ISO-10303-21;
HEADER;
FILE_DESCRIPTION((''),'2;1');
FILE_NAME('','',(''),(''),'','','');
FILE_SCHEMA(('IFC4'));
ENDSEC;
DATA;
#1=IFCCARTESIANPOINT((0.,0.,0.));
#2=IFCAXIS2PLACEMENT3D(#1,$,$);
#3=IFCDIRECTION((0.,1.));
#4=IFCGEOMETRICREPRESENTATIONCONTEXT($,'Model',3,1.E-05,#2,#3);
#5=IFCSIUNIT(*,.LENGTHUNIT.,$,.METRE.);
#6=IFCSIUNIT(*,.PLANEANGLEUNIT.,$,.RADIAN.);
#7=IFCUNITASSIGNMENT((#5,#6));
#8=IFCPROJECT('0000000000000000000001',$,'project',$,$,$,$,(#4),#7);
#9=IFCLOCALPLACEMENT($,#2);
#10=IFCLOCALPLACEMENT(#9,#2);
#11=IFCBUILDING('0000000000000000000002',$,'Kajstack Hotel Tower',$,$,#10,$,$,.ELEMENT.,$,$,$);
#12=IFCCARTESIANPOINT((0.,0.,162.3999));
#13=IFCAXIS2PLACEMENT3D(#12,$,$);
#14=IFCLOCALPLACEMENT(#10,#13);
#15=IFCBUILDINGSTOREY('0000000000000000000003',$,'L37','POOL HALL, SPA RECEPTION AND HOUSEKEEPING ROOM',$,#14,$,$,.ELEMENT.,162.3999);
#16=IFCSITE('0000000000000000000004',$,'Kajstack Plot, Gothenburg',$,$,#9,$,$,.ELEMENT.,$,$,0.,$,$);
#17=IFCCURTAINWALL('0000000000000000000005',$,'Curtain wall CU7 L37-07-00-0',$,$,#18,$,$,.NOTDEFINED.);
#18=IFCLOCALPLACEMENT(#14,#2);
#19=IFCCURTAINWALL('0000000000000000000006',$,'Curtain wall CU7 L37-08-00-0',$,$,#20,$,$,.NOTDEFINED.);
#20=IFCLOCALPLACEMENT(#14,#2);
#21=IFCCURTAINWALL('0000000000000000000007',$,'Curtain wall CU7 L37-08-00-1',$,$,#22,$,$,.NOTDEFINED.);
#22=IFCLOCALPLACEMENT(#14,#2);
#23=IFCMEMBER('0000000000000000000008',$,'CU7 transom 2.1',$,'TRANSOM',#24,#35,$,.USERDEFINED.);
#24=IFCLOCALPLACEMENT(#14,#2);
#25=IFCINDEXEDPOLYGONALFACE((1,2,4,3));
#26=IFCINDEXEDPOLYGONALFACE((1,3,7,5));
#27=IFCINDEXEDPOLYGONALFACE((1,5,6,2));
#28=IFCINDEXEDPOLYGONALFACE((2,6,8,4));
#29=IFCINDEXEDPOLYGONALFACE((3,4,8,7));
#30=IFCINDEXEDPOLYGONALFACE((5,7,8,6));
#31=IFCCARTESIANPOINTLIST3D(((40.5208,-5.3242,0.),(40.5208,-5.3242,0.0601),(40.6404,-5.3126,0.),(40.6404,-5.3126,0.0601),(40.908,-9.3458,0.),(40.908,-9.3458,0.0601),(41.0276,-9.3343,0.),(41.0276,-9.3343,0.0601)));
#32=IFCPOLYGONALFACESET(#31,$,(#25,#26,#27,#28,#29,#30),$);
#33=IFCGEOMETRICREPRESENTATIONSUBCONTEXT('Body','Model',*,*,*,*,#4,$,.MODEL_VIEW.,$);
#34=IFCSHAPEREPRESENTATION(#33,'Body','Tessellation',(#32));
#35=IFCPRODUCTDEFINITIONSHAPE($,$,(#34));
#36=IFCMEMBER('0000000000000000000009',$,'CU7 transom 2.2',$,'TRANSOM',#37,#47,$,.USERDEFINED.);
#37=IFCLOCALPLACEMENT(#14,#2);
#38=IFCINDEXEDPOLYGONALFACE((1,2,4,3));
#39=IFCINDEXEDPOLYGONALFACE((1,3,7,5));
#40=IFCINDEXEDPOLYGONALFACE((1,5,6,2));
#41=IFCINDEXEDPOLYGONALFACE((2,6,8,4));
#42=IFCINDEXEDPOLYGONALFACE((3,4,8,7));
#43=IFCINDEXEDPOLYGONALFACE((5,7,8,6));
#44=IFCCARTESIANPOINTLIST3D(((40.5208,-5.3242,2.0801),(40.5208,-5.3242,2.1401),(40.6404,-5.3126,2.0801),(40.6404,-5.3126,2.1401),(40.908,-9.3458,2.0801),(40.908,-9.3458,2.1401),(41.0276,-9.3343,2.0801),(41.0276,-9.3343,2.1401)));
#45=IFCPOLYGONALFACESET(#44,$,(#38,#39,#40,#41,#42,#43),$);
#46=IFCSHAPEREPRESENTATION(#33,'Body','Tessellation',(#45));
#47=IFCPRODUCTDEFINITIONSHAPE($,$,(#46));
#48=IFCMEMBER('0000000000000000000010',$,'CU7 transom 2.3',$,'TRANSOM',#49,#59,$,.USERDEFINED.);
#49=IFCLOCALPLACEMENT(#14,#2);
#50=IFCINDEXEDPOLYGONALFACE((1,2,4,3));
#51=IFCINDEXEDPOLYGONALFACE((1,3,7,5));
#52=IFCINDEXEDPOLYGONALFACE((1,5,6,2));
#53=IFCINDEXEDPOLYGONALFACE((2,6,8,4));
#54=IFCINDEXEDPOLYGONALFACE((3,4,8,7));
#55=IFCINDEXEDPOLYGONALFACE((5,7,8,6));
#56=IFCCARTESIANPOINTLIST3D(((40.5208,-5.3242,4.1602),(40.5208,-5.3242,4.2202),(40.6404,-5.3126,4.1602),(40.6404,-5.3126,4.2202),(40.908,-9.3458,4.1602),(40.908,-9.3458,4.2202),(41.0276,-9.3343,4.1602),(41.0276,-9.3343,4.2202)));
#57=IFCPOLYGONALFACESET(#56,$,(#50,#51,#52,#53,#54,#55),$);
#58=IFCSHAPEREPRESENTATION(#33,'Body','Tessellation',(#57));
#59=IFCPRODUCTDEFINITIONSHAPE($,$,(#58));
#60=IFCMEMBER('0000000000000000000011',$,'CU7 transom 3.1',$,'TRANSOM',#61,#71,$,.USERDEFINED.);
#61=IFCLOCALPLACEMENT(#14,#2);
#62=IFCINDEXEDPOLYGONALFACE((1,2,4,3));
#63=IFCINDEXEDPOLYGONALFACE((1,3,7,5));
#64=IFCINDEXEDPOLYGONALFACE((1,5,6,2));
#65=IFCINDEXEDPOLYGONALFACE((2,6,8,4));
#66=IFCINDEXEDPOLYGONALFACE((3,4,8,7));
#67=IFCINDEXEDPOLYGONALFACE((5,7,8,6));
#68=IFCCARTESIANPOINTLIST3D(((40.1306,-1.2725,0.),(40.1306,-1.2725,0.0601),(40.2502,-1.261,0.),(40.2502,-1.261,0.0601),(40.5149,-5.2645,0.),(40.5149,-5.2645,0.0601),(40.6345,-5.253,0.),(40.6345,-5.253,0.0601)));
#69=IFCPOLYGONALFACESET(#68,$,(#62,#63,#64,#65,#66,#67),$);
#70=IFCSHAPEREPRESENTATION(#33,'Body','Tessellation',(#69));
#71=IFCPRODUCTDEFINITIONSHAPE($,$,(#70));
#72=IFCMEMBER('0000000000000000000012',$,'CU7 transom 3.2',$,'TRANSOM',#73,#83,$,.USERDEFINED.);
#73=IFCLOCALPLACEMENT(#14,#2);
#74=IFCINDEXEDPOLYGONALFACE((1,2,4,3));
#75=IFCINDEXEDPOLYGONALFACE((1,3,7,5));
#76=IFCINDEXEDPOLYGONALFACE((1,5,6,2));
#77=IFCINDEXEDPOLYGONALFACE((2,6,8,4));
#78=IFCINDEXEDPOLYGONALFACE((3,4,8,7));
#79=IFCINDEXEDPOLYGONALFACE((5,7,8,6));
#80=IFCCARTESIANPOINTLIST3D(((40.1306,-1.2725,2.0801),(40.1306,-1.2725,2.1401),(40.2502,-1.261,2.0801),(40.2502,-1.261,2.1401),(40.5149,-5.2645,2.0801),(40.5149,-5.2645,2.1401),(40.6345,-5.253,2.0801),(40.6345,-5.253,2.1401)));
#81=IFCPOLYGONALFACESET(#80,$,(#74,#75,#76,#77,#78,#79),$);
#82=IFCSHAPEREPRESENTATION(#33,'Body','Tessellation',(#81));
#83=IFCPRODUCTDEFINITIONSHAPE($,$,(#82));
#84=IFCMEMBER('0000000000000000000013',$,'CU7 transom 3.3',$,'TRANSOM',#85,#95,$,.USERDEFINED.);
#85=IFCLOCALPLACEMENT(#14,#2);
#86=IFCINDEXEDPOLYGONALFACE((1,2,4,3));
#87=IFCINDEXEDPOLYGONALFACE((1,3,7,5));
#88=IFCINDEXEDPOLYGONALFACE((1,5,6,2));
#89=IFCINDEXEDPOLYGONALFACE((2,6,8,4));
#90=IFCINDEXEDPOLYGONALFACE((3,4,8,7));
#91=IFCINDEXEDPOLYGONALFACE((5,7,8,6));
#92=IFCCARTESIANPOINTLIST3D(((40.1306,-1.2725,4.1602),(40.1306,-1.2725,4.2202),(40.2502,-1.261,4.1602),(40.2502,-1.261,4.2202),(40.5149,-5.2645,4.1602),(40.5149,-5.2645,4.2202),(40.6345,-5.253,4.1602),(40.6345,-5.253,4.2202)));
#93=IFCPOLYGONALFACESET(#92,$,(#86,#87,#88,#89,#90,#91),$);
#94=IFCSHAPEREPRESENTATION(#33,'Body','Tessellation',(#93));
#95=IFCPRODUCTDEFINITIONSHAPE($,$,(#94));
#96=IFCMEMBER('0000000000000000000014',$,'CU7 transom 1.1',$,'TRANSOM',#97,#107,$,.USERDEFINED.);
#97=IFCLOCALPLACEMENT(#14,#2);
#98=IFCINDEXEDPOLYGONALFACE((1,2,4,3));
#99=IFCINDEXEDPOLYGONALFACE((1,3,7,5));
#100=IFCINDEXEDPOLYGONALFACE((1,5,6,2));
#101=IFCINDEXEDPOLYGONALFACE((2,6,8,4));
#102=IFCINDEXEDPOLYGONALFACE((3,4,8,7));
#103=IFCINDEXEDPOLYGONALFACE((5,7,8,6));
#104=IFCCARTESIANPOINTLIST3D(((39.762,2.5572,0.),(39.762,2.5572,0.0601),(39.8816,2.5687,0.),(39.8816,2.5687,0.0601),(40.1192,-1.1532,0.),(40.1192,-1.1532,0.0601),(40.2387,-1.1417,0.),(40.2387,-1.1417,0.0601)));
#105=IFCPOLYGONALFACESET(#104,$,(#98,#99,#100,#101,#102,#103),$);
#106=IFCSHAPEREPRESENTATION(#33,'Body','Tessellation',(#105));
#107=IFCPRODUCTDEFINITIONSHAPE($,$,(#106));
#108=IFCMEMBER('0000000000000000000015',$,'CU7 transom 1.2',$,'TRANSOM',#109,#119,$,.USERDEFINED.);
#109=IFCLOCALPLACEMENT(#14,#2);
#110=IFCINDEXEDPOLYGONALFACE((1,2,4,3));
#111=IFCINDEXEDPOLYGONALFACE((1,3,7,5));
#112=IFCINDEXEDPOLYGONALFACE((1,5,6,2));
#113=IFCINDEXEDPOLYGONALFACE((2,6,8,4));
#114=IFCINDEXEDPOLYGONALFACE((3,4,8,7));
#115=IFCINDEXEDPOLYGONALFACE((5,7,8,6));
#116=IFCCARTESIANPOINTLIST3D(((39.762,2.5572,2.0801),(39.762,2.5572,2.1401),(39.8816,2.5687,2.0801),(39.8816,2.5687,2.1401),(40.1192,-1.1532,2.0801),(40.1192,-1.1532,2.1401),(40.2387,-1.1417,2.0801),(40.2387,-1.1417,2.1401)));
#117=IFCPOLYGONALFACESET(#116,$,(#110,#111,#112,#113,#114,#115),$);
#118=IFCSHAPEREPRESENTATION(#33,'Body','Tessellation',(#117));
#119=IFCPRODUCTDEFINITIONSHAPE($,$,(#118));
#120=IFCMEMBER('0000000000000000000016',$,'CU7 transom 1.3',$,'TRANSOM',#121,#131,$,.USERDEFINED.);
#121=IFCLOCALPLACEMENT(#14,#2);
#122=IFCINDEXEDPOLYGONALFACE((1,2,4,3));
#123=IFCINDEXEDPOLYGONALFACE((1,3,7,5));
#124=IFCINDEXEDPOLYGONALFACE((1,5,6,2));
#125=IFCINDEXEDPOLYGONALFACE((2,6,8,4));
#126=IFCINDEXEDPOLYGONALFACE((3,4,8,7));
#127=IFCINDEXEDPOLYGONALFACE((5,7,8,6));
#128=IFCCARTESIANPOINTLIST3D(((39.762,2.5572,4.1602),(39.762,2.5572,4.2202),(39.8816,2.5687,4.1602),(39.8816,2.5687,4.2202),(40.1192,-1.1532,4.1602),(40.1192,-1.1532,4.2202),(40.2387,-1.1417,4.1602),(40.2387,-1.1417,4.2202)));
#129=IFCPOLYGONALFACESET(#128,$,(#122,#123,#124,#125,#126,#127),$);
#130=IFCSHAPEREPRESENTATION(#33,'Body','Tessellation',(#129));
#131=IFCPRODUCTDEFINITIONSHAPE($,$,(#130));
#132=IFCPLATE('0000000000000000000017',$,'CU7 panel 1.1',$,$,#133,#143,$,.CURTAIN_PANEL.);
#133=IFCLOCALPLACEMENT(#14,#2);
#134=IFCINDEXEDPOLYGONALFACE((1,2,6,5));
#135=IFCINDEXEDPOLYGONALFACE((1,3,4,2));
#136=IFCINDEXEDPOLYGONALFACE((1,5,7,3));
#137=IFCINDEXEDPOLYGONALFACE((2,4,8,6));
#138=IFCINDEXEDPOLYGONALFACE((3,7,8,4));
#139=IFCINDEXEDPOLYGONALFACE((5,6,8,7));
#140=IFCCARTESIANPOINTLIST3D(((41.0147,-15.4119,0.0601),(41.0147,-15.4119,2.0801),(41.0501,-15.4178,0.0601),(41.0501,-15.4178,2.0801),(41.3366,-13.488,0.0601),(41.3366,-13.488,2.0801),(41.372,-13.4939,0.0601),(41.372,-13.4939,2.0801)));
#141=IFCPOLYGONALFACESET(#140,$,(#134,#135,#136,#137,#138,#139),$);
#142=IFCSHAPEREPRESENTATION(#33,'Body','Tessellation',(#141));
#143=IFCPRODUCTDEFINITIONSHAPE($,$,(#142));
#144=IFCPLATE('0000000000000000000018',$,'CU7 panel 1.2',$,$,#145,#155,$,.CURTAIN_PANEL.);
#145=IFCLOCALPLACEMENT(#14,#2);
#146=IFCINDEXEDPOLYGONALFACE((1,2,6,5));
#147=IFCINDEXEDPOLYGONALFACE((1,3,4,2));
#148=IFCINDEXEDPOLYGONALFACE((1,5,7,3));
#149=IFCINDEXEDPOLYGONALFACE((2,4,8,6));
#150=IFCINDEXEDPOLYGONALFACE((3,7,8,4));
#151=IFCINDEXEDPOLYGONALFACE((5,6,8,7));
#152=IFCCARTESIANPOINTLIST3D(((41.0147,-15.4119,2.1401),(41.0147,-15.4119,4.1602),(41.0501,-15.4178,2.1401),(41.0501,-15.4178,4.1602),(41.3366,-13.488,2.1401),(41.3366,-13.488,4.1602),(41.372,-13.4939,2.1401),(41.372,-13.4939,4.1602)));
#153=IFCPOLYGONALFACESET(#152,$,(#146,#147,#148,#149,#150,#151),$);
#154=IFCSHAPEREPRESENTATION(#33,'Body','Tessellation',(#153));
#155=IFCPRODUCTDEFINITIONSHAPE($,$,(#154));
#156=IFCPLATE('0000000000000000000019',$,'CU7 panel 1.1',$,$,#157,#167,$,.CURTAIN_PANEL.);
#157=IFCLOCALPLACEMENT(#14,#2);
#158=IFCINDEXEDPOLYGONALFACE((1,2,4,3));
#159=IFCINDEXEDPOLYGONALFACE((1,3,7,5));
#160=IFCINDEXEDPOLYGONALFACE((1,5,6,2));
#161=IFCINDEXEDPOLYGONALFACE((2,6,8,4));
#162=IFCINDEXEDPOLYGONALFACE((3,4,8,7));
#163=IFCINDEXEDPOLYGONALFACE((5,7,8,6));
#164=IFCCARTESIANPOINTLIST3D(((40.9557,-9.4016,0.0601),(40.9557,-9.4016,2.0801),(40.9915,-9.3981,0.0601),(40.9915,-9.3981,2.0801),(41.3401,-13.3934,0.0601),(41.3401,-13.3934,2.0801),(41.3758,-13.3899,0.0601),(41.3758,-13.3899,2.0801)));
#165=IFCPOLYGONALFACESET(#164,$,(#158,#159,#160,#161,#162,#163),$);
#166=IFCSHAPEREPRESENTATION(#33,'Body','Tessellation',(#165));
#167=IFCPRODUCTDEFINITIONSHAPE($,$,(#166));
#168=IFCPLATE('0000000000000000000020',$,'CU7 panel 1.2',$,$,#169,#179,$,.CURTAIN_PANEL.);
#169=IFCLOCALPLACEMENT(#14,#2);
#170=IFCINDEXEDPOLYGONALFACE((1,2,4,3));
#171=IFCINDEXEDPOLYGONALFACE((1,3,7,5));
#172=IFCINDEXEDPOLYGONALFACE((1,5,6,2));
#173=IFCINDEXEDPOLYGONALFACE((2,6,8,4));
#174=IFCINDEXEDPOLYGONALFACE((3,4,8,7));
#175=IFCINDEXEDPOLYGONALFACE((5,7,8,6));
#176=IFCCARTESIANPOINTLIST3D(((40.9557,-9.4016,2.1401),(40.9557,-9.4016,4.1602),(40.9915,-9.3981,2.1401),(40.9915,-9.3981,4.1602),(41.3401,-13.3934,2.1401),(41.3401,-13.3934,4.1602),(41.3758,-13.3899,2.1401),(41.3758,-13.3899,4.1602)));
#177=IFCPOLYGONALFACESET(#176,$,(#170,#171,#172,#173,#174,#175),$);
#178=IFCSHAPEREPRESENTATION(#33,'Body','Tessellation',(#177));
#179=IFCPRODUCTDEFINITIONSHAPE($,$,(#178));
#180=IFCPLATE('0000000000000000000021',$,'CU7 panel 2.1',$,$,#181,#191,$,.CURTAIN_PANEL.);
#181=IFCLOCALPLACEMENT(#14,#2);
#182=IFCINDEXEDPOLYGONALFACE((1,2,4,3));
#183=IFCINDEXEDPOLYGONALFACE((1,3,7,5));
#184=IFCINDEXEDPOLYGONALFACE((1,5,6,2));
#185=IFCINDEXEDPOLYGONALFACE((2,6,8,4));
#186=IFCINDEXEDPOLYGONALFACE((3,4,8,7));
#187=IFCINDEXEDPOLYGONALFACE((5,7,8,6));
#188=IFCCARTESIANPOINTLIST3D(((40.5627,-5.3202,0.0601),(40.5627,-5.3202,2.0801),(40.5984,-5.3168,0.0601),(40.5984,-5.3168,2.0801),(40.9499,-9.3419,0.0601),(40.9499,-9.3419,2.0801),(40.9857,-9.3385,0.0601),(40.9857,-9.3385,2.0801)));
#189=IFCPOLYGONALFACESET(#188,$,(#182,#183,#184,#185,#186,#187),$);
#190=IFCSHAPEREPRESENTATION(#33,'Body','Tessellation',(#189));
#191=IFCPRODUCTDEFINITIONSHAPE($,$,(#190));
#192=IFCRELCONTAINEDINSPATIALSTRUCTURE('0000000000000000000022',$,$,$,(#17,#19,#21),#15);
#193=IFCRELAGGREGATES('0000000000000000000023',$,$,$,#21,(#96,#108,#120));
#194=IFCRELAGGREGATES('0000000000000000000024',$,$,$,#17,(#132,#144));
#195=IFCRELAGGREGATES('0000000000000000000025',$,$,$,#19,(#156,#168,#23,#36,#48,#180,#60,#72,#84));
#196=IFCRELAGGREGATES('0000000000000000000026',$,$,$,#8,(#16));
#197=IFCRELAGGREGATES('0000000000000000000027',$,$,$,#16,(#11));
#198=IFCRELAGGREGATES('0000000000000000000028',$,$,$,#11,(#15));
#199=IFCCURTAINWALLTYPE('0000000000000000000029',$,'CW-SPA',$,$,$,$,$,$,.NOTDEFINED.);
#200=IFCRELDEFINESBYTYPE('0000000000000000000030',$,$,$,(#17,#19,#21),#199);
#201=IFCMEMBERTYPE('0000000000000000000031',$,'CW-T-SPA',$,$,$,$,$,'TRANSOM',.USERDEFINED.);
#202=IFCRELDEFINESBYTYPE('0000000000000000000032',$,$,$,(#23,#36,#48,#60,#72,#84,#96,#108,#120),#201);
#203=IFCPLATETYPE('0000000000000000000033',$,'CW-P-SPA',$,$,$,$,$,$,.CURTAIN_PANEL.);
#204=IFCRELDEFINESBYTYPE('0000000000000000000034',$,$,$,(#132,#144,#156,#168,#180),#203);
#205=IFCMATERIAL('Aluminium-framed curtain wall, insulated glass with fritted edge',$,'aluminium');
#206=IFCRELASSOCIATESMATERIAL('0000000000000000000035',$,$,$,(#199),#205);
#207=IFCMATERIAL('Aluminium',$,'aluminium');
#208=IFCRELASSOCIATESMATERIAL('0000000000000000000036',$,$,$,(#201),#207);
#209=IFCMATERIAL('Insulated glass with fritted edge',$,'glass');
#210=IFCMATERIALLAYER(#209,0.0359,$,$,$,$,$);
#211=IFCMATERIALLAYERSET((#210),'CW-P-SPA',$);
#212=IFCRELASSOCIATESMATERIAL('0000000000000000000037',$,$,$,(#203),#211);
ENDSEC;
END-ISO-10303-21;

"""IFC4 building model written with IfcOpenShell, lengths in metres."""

from ifc_helpers import new_model, si_unit, direction, frame, origin, origin_2d, place, context, subcontext, project, spatial, rectangle, extrude, material, layer, layer_set, material_profile, profile_set, type_object, element, aggregate, save


model = new_model("IFC4")

# Units and contexts
model_context = context("Model", 3, precision=1e-05, world=origin(), true_north=direction((0.0, 1.0)))
body_context = subcontext(model_context, "Body", "Model", "MODEL_VIEW")
ifc_project = project(units=[si_unit("LENGTHUNIT", "METRE"), si_unit("PLANEANGLEUNIT", "RADIAN")], contexts=[model_context])

# Site, building, storey
site_placement = place(None, origin())
site = spatial("IfcSite", under=ifc_project, at=site_placement, Name="Kajstack Plot, Gothenburg", CompositionType="ELEMENT", RefElevation=0.0)
building_placement = place(site_placement, origin())
building = spatial("IfcBuilding", under=site, at=building_placement, Name="Kajstack Hotel Tower", CompositionType="ELEMENT")
storey_placement = place(building_placement, frame((0.0, 0.0, 162.3999)))
storey = spatial("IfcBuildingStorey", under=building, at=storey_placement, Name="L37", Description="POOL HALL, SPA RECEPTION AND HOUSEKEEPING ROOM", CompositionType="ELEMENT", Elevation=162.3999)

# Curtain wall
ifc_material_1 = material(Name="Aluminium-framed curtain wall, insulated glass with fritted edge", Category="aluminium")
curtain_wall_type = type_object("IfcCurtainWallType", Name="CW-SPA", PredefinedType="NOTDEFINED", material=ifc_material_1)
curtain_wall_1_placement = place(storey_placement, origin())
curtain_wall_1 = element("IfcCurtainWall", 1, at=curtain_wall_1_placement, inside=storey, type_object=curtain_wall_type, Name="Curtain wall CU7 L37-07-00-0", PredefinedType="NOTDEFINED")
ifc_material_2 = material(Name="Aluminium", Category="aluminium")

# Curtain wall
curtain_wall_2_placement = place(storey_placement, origin())
curtain_wall_2 = element("IfcCurtainWall", 2, at=curtain_wall_2_placement, inside=storey, type_object=curtain_wall_type, Name="Curtain wall CU7 L37-08-00-0", PredefinedType="NOTDEFINED")

# Curtain wall
curtain_wall_3_placement = place(storey_placement, origin())
curtain_wall_3 = element("IfcCurtainWall", 3, at=curtain_wall_3_placement, inside=storey, type_object=curtain_wall_type, Name="Curtain wall CU7 L37-08-00-1", PredefinedType="NOTDEFINED")

# Members
ifc_material_profile_1 = material_profile(ifc_material_2, rectangle(XDim=0.1201, YDim=0.0601, at=origin_2d()), Name="Aluminium transom 120 x 60")
ifc_profile_set_1 = profile_set([ifc_material_profile_1], Name="Aluminium")
member_type_1 = type_object("IfcMemberType", Name="CW-T-SPA", ElementType="TRANSOM", PredefinedType="USERDEFINED", material=ifc_profile_set_1)
member_1_placement = place(storey_placement, frame((40.9678, -9.3401, 0.03), z_axis=(-0.095836, 0.995397, 0.0), x_axis=(-0.995397, -0.095836, 0.0)))
member_1 = element("IfcMember", 4, at=member_1_placement, type_object=member_type_1, Name="CU7 transom 2.1", ObjectType="TRANSOM", PredefinedType="USERDEFINED", context=body_context, shape_type="SweptSolid", body=[
    extrude(rectangle(XDim=0.1201, YDim=0.0601, at=origin_2d()), origin(), (0.0, 0.0, 1.0), 4.0403),
])
member_2_placement = place(storey_placement, frame((40.9678, -9.3401, 2.1101), z_axis=(-0.095836, 0.995397, 0.0), x_axis=(-0.995397, -0.095836, 0.0)))
member_2 = element("IfcMember", 5, at=member_2_placement, type_object=member_type_1, Name="CU7 transom 2.2", ObjectType="TRANSOM", PredefinedType="USERDEFINED", context=body_context, shape_type="SweptSolid", body=[
    extrude(rectangle(XDim=0.1201, YDim=0.0601, at=origin_2d()), origin(), (0.0, 0.0, 1.0), 4.0403),
])
member_3_placement = place(storey_placement, frame((40.9678, -9.3401, 4.1902), z_axis=(-0.095836, 0.995397, 0.0), x_axis=(-0.995397, -0.095836, 0.0)))
member_3 = element("IfcMember", 6, at=member_3_placement, type_object=member_type_1, Name="CU7 transom 2.3", ObjectType="TRANSOM", PredefinedType="USERDEFINED", context=body_context, shape_type="SweptSolid", body=[
    extrude(rectangle(XDim=0.1201, YDim=0.0601, at=origin_2d()), origin(), (0.0, 0.0, 1.0), 4.0403),
])
member_4_placement = place(storey_placement, frame((40.5747, -5.2588, 0.03), z_axis=(-0.09582, 0.995399, 0.0), x_axis=(-0.995399, -0.09582, 0.0)))
member_4 = element("IfcMember", 7, at=member_4_placement, type_object=member_type_1, Name="CU7 transom 3.1", ObjectType="TRANSOM", PredefinedType="USERDEFINED", context=body_context, shape_type="SweptSolid", body=[
    extrude(rectangle(XDim=0.1201, YDim=0.0601, at=origin_2d()), origin(), (0.0, 0.0, 1.0), 4.0105),
])
member_5_placement = place(storey_placement, frame((40.5747, -5.2588, 2.1101), z_axis=(-0.09582, 0.995399, 0.0), x_axis=(-0.995399, -0.09582, 0.0)))
member_5 = element("IfcMember", 8, at=member_5_placement, type_object=member_type_1, Name="CU7 transom 3.2", ObjectType="TRANSOM", PredefinedType="USERDEFINED", context=body_context, shape_type="SweptSolid", body=[
    extrude(rectangle(XDim=0.1201, YDim=0.0601, at=origin_2d()), origin(), (0.0, 0.0, 1.0), 4.0105),
])
member_6_placement = place(storey_placement, frame((40.5747, -5.2588, 4.1902), z_axis=(-0.09582, 0.995399, 0.0), x_axis=(-0.995399, -0.09582, 0.0)))
member_6 = element("IfcMember", 9, at=member_6_placement, type_object=member_type_1, Name="CU7 transom 3.3", ObjectType="TRANSOM", PredefinedType="USERDEFINED", context=body_context, shape_type="SweptSolid", body=[
    extrude(rectangle(XDim=0.1201, YDim=0.0601, at=origin_2d()), origin(), (0.0, 0.0, 1.0), 4.0105),
])
member_7_placement = place(storey_placement, frame((40.179, -1.1475, 0.03), z_axis=(-0.09582, 0.995399, 0.0), x_axis=(-0.995399, -0.09582, 0.0)))
member_7 = element("IfcMember", 10, at=member_7_placement, type_object=member_type_1, Name="CU7 transom 1.1", ObjectType="TRANSOM", PredefinedType="USERDEFINED", context=body_context, shape_type="SweptSolid", body=[
    extrude(rectangle(XDim=0.1201, YDim=0.0601, at=origin_2d()), origin(), (0.0, 0.0, 1.0), 3.7275),
])
member_8_placement = place(storey_placement, frame((40.179, -1.1475, 2.1101), z_axis=(-0.09582, 0.995399, 0.0), x_axis=(-0.995399, -0.09582, 0.0)))
member_8 = element("IfcMember", 11, at=member_8_placement, type_object=member_type_1, Name="CU7 transom 1.2", ObjectType="TRANSOM", PredefinedType="USERDEFINED", context=body_context, shape_type="SweptSolid", body=[
    extrude(rectangle(XDim=0.1201, YDim=0.0601, at=origin_2d()), origin(), (0.0, 0.0, 1.0), 3.7275),
])
member_9_placement = place(storey_placement, frame((40.179, -1.1475, 4.1902), z_axis=(-0.09582, 0.995399, 0.0), x_axis=(-0.995399, -0.09582, 0.0)))
member_9 = element("IfcMember", 12, at=member_9_placement, type_object=member_type_1, Name="CU7 transom 1.3", ObjectType="TRANSOM", PredefinedType="USERDEFINED", context=body_context, shape_type="SweptSolid", body=[
    extrude(rectangle(XDim=0.1201, YDim=0.0601, at=origin_2d()), origin(), (0.0, 0.0, 1.0), 3.7275),
])
aggregate(curtain_wall_3, [member_7, member_8, member_9])

# Plates
ifc_material_3 = material(Name="Insulated glass with fritted edge", Category="glass")
ifc_layer = layer(ifc_material_3, 0.0359)
ifc_layer_set = layer_set([ifc_layer], Name="CW-P-SPA")
plate_type = type_object("IfcPlateType", Name="CW-P-SPA", PredefinedType="CURTAIN_PANEL", material=ifc_layer_set)
plate_1_placement = place(storey_placement, frame((41.1934, -14.4529, 0.0601), z_axis=(0.0, 0.0, 1.0), x_axis=(0.165025, 0.986289, 0.0)))
plate_1 = element("IfcPlate", 13, at=plate_1_placement, type_object=plate_type, Name="CU7 panel 1.1", PredefinedType="CURTAIN_PANEL", context=body_context, shape_type="SweptSolid", body=[
    extrude(rectangle(XDim=1.9507, YDim=0.0359, at=origin_2d()), origin(), (0.0, 0.0, 1.0), 2.02),
])
plate_2_placement = place(storey_placement, frame((41.1934, -14.4529, 2.1401), z_axis=(0.0, 0.0, 1.0), x_axis=(0.165025, 0.986289, 0.0)))
plate_2 = element("IfcPlate", 14, at=plate_2_placement, type_object=plate_type, Name="CU7 panel 1.2", PredefinedType="CURTAIN_PANEL", context=body_context, shape_type="SweptSolid", body=[
    extrude(rectangle(XDim=1.9507, YDim=0.0359, at=origin_2d()), origin(), (0.0, 0.0, 1.0), 2.02),
])
aggregate(curtain_wall_1, [plate_1, plate_2])
plate_3_placement = place(storey_placement, frame((41.1658, -11.3958, 0.0601), z_axis=(0.0, 0.0, 1.0), x_axis=(-0.095844, 0.995396, 0.0)))
plate_3 = element("IfcPlate", 15, at=plate_3_placement, type_object=plate_type, Name="CU7 panel 1.1", PredefinedType="CURTAIN_PANEL", context=body_context, shape_type="SweptSolid", body=[
    extrude(rectangle(XDim=4.0103, YDim=0.0359, at=origin_2d()), origin(), (0.0, 0.0, 1.0), 2.02),
])
plate_4_placement = place(storey_placement, frame((41.1658, -11.3958, 2.1401), z_axis=(0.0, 0.0, 1.0), x_axis=(-0.095844, 0.995396, 0.0)))
plate_4 = element("IfcPlate", 16, at=plate_4_placement, type_object=plate_type, Name="CU7 panel 1.2", PredefinedType="CURTAIN_PANEL", context=body_context, shape_type="SweptSolid", body=[
    extrude(rectangle(XDim=4.0103, YDim=0.0359, at=origin_2d()), origin(), (0.0, 0.0, 1.0), 2.02),
])
plate_5_placement = place(storey_placement, frame((40.7742, -7.3293, 0.0601), z_axis=(0.0, 0.0, 1.0), x_axis=(-0.095844, 0.995396, 0.0)))
plate_5 = element("IfcPlate", 17, at=plate_5_placement, type_object=plate_type, Name="CU7 panel 2.1", PredefinedType="CURTAIN_PANEL", context=body_context, shape_type="SweptSolid", body=[
    extrude(rectangle(XDim=4.0403, YDim=0.0359, at=origin_2d()), origin(), (0.0, 0.0, 1.0), 2.02),
])
aggregate(curtain_wall_2, [plate_3, plate_4, member_1, member_2, member_3, plate_5, member_4, member_5, member_6])

save(model, "model.ifc")
